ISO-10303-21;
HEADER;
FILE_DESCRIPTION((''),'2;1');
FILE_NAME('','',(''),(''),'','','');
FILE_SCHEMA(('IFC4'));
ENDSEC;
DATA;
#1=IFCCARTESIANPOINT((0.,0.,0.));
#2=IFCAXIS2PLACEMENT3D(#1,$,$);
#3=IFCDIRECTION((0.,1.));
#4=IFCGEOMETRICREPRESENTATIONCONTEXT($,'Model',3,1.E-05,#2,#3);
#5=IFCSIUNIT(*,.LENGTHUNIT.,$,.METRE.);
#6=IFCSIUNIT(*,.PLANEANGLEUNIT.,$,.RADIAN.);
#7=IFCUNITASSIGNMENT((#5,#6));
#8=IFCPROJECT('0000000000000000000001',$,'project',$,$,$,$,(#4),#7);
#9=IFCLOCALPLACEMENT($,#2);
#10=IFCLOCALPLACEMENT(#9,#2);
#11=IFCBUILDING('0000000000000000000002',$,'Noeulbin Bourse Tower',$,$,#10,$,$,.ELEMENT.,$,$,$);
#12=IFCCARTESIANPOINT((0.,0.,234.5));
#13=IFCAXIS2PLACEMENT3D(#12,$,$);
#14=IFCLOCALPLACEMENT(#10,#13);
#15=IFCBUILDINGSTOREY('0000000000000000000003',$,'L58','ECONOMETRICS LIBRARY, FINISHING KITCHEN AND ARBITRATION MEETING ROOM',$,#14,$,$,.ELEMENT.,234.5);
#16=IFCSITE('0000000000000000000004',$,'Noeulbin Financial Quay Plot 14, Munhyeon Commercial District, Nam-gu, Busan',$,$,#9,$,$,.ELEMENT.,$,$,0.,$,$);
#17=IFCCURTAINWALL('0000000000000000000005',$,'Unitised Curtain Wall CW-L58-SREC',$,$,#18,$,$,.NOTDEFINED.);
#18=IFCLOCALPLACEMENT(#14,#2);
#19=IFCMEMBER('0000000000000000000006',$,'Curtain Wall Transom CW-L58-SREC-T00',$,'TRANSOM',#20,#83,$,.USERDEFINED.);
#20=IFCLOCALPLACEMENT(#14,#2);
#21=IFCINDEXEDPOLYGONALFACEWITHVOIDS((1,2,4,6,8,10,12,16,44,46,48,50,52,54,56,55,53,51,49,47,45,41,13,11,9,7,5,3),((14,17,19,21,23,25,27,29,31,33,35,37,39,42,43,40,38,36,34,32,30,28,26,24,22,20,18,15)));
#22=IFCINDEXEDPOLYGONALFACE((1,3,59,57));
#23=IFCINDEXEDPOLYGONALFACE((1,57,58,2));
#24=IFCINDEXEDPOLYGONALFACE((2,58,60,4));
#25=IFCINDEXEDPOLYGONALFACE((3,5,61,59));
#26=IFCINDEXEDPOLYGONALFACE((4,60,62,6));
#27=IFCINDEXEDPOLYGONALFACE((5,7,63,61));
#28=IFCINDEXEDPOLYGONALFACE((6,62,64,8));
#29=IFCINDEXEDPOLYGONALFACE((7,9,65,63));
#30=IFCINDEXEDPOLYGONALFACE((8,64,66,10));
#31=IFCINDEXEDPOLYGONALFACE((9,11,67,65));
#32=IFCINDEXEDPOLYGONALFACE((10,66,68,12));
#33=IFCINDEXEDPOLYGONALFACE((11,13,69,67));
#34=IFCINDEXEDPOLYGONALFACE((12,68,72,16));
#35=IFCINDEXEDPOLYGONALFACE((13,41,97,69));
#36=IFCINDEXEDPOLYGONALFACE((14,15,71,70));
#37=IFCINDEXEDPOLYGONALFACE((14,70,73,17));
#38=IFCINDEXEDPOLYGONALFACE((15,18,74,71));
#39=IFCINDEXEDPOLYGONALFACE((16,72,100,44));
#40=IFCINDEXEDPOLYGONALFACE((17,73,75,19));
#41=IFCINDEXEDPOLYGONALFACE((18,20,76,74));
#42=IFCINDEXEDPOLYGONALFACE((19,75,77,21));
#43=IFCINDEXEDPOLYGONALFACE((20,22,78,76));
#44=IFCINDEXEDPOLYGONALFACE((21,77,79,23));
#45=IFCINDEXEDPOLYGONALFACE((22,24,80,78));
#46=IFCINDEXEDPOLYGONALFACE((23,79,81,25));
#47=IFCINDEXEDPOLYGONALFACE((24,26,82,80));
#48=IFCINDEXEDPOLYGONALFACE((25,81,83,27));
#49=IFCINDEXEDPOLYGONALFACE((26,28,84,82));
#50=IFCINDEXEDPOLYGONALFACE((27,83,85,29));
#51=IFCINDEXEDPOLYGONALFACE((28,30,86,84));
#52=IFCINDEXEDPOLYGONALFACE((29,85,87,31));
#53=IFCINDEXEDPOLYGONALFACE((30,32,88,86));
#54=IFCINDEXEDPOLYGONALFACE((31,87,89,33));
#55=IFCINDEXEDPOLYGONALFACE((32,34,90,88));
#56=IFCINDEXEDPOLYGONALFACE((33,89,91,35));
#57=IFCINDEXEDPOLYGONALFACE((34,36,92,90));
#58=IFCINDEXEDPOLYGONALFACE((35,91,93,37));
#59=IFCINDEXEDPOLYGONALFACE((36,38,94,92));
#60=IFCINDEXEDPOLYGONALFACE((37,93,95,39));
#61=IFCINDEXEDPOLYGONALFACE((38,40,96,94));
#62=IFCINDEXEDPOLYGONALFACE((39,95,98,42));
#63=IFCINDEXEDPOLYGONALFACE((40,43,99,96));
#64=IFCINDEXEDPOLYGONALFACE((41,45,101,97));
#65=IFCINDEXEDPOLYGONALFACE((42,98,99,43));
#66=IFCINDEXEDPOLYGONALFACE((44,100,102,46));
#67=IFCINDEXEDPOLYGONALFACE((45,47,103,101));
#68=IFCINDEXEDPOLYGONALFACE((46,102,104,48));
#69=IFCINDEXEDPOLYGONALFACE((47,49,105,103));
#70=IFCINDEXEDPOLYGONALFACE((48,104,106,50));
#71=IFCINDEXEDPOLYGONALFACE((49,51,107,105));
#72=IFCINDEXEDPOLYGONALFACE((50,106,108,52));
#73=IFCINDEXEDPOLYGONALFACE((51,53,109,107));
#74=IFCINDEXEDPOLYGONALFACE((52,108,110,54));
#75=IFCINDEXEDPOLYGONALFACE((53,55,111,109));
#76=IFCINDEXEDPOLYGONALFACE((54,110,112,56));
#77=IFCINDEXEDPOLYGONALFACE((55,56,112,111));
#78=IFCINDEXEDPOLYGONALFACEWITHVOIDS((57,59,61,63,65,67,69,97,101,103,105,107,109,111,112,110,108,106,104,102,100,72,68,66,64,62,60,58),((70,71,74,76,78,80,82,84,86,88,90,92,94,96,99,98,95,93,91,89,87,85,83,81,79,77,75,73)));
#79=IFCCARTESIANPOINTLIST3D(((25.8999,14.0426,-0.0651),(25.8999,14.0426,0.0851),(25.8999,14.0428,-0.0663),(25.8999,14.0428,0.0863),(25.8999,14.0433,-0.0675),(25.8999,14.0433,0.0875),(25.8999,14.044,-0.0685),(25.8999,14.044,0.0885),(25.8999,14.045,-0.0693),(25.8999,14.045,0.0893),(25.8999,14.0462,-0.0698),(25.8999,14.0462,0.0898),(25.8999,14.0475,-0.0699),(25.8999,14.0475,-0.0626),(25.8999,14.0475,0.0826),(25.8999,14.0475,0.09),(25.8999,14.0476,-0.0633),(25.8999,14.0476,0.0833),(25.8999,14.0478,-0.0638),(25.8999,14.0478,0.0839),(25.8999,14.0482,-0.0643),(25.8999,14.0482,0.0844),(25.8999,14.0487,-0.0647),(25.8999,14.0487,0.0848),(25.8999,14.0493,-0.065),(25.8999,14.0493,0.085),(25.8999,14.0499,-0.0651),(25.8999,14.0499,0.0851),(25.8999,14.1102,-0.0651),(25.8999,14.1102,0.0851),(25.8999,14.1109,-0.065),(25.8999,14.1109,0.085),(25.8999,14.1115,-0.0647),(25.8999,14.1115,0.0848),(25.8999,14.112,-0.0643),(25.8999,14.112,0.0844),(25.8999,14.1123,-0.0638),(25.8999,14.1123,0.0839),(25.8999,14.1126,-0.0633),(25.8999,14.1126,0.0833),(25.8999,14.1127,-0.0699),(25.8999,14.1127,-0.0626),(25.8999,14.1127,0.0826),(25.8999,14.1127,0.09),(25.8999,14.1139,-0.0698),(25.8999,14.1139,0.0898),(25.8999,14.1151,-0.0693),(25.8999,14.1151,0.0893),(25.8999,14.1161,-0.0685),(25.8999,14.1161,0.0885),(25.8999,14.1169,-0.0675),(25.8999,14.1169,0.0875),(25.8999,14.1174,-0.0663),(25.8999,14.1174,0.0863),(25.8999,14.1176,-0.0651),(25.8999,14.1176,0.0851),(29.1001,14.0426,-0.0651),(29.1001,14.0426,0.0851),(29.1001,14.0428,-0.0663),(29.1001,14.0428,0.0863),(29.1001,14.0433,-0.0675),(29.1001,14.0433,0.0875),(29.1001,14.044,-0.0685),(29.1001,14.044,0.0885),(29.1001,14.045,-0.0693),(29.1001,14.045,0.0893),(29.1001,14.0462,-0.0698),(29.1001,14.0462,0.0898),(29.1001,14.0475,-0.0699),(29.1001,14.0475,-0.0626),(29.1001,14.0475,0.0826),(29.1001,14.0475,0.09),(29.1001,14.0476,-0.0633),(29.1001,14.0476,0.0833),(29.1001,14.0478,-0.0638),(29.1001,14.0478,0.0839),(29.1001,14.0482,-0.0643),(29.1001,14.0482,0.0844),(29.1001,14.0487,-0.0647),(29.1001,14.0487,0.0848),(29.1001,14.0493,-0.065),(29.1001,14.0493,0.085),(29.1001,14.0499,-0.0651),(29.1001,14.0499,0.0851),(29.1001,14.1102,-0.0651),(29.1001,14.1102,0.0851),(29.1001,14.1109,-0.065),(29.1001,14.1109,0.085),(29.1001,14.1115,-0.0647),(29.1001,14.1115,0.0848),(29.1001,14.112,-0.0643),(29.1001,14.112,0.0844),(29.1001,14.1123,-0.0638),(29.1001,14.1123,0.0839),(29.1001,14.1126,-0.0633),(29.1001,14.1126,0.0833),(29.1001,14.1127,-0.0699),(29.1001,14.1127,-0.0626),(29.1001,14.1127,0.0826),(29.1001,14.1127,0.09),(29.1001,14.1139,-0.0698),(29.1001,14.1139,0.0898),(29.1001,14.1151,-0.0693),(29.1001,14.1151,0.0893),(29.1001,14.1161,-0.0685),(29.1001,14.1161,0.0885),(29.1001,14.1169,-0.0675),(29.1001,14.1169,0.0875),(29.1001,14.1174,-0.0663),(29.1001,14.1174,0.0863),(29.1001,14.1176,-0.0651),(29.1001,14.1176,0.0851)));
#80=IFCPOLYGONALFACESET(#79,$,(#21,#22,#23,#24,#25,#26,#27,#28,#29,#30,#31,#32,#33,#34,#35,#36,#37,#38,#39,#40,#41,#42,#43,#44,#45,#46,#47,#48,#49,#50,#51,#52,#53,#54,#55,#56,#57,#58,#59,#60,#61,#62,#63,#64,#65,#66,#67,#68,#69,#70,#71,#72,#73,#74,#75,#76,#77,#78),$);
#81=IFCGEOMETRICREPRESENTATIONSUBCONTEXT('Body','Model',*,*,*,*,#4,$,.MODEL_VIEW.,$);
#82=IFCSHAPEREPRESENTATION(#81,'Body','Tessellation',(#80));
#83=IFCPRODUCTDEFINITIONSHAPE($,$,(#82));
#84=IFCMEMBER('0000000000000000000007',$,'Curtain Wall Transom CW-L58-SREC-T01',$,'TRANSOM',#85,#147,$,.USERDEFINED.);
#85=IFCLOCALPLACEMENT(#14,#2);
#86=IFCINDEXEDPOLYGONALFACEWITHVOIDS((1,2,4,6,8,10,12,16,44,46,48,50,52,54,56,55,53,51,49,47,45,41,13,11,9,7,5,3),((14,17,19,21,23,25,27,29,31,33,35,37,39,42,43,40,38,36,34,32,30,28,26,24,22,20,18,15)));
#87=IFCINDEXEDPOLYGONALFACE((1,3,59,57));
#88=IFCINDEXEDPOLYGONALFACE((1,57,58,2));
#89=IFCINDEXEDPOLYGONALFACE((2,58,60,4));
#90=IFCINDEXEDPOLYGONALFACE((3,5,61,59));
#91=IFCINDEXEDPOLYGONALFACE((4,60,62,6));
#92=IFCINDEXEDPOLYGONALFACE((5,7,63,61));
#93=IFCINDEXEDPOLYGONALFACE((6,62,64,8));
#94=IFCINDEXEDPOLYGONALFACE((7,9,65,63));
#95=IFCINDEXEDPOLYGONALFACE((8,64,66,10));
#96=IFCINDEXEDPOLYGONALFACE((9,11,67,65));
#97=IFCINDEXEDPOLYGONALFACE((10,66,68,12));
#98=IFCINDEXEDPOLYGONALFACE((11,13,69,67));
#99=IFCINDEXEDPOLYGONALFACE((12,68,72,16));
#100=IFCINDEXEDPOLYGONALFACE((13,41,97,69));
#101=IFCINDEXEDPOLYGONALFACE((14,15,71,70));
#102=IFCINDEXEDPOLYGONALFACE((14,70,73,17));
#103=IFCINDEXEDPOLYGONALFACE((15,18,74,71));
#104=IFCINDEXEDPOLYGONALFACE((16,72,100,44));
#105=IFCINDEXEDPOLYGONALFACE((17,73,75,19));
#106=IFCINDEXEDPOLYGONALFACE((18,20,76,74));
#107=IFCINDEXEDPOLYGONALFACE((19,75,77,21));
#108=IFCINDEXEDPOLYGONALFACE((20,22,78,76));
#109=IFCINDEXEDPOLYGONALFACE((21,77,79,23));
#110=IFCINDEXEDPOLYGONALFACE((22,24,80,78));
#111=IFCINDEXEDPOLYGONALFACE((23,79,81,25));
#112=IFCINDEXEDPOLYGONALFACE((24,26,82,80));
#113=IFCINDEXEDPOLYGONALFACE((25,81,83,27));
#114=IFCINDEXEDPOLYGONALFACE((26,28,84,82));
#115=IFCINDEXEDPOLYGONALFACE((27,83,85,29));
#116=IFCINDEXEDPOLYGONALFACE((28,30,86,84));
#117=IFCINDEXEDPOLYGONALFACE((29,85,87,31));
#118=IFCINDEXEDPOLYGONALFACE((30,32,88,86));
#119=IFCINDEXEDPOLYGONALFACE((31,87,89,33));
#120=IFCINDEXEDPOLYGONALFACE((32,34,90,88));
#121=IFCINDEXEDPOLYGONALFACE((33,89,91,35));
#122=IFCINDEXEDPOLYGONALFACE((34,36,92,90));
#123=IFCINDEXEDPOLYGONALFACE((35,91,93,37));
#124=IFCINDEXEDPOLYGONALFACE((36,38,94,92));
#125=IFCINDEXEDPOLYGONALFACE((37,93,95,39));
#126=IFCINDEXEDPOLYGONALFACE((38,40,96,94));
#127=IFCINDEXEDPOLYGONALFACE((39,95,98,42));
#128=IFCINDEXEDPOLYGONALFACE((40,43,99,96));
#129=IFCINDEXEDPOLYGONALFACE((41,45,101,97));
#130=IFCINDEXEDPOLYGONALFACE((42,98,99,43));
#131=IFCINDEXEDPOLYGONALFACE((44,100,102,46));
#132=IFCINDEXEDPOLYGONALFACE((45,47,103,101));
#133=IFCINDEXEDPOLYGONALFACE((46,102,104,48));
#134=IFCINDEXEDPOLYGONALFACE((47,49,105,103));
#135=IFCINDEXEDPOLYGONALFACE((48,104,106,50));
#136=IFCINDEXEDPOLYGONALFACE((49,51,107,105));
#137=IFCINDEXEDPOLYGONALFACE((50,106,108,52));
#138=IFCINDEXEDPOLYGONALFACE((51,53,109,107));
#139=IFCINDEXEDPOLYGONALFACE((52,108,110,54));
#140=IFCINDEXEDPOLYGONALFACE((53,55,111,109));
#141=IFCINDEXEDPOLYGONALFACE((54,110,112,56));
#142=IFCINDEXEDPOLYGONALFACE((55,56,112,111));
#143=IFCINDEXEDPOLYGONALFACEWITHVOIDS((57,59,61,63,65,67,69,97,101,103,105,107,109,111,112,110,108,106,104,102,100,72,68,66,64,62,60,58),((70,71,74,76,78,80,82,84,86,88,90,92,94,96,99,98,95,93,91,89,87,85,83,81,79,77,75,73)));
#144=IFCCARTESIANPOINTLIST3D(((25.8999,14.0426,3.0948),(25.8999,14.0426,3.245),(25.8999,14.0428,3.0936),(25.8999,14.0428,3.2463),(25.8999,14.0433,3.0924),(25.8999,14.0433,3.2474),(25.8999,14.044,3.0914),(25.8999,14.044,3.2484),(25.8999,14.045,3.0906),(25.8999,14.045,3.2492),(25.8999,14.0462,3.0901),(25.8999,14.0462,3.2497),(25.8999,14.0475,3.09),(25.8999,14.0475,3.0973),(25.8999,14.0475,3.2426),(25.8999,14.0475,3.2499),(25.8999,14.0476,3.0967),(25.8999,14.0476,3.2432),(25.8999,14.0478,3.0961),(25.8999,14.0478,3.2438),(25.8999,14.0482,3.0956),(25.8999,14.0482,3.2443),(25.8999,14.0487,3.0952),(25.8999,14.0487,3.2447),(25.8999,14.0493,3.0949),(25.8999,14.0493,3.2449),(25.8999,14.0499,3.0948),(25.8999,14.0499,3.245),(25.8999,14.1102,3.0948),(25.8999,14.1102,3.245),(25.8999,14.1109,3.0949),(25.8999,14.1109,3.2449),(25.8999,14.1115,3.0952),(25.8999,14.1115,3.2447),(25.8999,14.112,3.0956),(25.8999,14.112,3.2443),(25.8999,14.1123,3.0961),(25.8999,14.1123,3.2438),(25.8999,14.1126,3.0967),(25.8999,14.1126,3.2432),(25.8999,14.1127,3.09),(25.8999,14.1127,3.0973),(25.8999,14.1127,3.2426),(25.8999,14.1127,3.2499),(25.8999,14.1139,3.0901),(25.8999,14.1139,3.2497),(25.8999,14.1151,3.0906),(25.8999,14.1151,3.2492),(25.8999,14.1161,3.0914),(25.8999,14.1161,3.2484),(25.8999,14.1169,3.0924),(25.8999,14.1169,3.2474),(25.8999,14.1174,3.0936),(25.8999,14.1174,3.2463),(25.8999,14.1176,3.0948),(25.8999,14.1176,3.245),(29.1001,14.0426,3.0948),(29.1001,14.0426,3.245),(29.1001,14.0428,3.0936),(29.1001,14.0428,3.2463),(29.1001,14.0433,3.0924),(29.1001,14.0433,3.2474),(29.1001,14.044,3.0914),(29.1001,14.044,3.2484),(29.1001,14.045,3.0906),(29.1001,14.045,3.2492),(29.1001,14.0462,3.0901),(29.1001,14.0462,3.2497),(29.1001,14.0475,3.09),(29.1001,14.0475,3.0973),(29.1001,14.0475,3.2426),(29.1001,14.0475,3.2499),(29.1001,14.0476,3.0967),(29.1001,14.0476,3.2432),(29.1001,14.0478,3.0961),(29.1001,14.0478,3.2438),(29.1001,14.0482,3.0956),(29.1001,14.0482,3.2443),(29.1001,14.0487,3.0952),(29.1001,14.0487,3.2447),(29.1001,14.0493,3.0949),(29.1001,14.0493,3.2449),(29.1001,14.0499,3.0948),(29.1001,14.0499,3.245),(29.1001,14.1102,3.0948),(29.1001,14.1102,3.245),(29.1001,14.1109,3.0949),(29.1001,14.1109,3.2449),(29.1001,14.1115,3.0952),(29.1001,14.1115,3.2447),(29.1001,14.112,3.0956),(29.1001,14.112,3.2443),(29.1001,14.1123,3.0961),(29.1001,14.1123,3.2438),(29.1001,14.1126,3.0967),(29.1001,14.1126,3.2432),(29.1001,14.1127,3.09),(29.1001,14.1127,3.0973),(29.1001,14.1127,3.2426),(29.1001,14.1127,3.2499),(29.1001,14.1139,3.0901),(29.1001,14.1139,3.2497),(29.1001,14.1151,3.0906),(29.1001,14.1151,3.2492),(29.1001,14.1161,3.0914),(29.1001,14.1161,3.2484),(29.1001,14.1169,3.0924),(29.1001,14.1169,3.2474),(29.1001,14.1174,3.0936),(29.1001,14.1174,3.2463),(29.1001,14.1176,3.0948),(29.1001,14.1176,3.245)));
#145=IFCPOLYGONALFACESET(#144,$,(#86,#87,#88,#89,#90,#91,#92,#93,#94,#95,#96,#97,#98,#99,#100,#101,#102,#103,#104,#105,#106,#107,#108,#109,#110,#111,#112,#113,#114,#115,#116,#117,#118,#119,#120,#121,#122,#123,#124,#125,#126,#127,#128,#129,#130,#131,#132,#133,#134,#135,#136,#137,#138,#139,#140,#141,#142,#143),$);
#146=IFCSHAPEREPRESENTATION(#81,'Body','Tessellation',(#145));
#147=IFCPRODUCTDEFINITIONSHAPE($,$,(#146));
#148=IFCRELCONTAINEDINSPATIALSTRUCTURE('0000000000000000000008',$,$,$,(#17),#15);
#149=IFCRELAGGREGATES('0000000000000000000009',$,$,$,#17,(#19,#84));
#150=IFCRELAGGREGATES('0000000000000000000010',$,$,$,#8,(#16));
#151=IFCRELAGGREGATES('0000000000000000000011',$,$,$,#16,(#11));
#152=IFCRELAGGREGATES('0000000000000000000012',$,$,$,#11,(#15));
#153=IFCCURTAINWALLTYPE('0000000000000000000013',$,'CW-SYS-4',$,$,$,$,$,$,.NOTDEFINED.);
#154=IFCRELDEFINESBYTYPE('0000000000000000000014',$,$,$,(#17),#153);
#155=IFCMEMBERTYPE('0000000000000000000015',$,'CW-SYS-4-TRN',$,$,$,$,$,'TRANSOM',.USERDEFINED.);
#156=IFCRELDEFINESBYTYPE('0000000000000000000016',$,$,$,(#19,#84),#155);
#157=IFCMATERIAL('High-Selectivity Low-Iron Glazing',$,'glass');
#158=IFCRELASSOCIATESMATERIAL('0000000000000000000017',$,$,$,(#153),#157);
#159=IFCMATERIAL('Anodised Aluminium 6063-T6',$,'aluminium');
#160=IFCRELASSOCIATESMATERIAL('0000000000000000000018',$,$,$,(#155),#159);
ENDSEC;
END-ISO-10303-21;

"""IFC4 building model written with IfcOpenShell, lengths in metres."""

from ifc_helpers import new_model, si_unit, direction, frame, origin, origin_2d, place, context, subcontext, project, spatial, hollow_rectangle, extrude, material, material_profile, profile_set, type_object, element, aggregate, save


model = new_model("IFC4")

# Units and contexts
model_context = context("Model", 3, precision=1e-05, world=origin(), true_north=direction((0.0, 1.0)))
body_context = subcontext(model_context, "Body", "Model", "MODEL_VIEW")
ifc_project = project(units=[si_unit("LENGTHUNIT", "METRE"), si_unit("PLANEANGLEUNIT", "RADIAN")], contexts=[model_context])

# Site, building, storey
site_placement = place(None, origin())
site = spatial("IfcSite", under=ifc_project, at=site_placement, Name="Noeulbin Financial Quay Plot 14, Munhyeon Commercial District, Nam-gu, Busan", CompositionType="ELEMENT", RefElevation=0.0)
building_placement = place(site_placement, origin())
building = spatial("IfcBuilding", under=site, at=building_placement, Name="Noeulbin Bourse Tower", CompositionType="ELEMENT")
storey_placement = place(building_placement, frame((0.0, 0.0, 234.5)))
storey = spatial("IfcBuildingStorey", under=building, at=storey_placement, Name="L58", Description="ECONOMETRICS LIBRARY, FINISHING KITCHEN AND ARBITRATION MEETING ROOM", CompositionType="ELEMENT", Elevation=234.5)

# Curtain wall
ifc_material_1 = material(Name="High-Selectivity Low-Iron Glazing", Category="glass")
curtain_wall_type = type_object("IfcCurtainWallType", Name="CW-SYS-4", PredefinedType="NOTDEFINED", material=ifc_material_1)
curtain_wall_1_placement = place(storey_placement, origin())
curtain_wall_1 = element("IfcCurtainWall", 1, at=curtain_wall_1_placement, inside=storey, type_object=curtain_wall_type, Name="Unitised Curtain Wall CW-L58-SREC", PredefinedType="NOTDEFINED")
ifc_material_2 = material(Name="Anodised Aluminium 6063-T6", Category="aluminium")

# Members
ifc_material_profile_1 = material_profile(ifc_material_2, hollow_rectangle(XDim=0.075, YDim=0.1599, WallThickness=0.0049, InnerFilletRadius=0.0024, OuterFilletRadius=0.0049, at=origin_2d()), Name="ALU-TRAN-75x160x5", Category="LoadBearing")
ifc_profile_set_1 = profile_set([ifc_material_profile_1], Name="Anodised Aluminium 6063-T6")
member_type_1 = type_object("IfcMemberType", Name="CW-SYS-4-TRN", ElementType="TRANSOM", PredefinedType="USERDEFINED", material=ifc_profile_set_1)
member_1_placement = place(storey_placement, frame((25.8999, 14.0801, 0.01), z_axis=(1.0, 0.0, 0.0), x_axis=(0.0, 1.0, 0.0)))
member_1 = element("IfcMember", 2, at=member_1_placement, type_object=member_type_1, Name="Curtain Wall Transom CW-L58-SREC-T00", ObjectType="TRANSOM", PredefinedType="USERDEFINED", context=body_context, shape_type="SweptSolid", body=[
    extrude(hollow_rectangle(XDim=0.075, YDim=0.1599, WallThickness=0.0049, InnerFilletRadius=0.0024, OuterFilletRadius=0.0049, at=origin_2d()), origin(), (0.0, 0.0, 1.0), 3.2002),
])
member_2_placement = place(storey_placement, frame((25.8999, 14.0801, 3.1699), z_axis=(1.0, 0.0, 0.0), x_axis=(0.0, 1.0, 0.0)))
member_2 = element("IfcMember", 3, at=member_2_placement, type_object=member_type_1, Name="Curtain Wall Transom CW-L58-SREC-T01", ObjectType="TRANSOM", PredefinedType="USERDEFINED", context=body_context, shape_type="SweptSolid", body=[
    extrude(hollow_rectangle(XDim=0.075, YDim=0.1599, WallThickness=0.0049, InnerFilletRadius=0.0024, OuterFilletRadius=0.0049, at=origin_2d()), origin(), (0.0, 0.0, 1.0), 3.2002),
])

aggregate(curtain_wall_1, [member_1, member_2])

save(model, "model.ifc")
